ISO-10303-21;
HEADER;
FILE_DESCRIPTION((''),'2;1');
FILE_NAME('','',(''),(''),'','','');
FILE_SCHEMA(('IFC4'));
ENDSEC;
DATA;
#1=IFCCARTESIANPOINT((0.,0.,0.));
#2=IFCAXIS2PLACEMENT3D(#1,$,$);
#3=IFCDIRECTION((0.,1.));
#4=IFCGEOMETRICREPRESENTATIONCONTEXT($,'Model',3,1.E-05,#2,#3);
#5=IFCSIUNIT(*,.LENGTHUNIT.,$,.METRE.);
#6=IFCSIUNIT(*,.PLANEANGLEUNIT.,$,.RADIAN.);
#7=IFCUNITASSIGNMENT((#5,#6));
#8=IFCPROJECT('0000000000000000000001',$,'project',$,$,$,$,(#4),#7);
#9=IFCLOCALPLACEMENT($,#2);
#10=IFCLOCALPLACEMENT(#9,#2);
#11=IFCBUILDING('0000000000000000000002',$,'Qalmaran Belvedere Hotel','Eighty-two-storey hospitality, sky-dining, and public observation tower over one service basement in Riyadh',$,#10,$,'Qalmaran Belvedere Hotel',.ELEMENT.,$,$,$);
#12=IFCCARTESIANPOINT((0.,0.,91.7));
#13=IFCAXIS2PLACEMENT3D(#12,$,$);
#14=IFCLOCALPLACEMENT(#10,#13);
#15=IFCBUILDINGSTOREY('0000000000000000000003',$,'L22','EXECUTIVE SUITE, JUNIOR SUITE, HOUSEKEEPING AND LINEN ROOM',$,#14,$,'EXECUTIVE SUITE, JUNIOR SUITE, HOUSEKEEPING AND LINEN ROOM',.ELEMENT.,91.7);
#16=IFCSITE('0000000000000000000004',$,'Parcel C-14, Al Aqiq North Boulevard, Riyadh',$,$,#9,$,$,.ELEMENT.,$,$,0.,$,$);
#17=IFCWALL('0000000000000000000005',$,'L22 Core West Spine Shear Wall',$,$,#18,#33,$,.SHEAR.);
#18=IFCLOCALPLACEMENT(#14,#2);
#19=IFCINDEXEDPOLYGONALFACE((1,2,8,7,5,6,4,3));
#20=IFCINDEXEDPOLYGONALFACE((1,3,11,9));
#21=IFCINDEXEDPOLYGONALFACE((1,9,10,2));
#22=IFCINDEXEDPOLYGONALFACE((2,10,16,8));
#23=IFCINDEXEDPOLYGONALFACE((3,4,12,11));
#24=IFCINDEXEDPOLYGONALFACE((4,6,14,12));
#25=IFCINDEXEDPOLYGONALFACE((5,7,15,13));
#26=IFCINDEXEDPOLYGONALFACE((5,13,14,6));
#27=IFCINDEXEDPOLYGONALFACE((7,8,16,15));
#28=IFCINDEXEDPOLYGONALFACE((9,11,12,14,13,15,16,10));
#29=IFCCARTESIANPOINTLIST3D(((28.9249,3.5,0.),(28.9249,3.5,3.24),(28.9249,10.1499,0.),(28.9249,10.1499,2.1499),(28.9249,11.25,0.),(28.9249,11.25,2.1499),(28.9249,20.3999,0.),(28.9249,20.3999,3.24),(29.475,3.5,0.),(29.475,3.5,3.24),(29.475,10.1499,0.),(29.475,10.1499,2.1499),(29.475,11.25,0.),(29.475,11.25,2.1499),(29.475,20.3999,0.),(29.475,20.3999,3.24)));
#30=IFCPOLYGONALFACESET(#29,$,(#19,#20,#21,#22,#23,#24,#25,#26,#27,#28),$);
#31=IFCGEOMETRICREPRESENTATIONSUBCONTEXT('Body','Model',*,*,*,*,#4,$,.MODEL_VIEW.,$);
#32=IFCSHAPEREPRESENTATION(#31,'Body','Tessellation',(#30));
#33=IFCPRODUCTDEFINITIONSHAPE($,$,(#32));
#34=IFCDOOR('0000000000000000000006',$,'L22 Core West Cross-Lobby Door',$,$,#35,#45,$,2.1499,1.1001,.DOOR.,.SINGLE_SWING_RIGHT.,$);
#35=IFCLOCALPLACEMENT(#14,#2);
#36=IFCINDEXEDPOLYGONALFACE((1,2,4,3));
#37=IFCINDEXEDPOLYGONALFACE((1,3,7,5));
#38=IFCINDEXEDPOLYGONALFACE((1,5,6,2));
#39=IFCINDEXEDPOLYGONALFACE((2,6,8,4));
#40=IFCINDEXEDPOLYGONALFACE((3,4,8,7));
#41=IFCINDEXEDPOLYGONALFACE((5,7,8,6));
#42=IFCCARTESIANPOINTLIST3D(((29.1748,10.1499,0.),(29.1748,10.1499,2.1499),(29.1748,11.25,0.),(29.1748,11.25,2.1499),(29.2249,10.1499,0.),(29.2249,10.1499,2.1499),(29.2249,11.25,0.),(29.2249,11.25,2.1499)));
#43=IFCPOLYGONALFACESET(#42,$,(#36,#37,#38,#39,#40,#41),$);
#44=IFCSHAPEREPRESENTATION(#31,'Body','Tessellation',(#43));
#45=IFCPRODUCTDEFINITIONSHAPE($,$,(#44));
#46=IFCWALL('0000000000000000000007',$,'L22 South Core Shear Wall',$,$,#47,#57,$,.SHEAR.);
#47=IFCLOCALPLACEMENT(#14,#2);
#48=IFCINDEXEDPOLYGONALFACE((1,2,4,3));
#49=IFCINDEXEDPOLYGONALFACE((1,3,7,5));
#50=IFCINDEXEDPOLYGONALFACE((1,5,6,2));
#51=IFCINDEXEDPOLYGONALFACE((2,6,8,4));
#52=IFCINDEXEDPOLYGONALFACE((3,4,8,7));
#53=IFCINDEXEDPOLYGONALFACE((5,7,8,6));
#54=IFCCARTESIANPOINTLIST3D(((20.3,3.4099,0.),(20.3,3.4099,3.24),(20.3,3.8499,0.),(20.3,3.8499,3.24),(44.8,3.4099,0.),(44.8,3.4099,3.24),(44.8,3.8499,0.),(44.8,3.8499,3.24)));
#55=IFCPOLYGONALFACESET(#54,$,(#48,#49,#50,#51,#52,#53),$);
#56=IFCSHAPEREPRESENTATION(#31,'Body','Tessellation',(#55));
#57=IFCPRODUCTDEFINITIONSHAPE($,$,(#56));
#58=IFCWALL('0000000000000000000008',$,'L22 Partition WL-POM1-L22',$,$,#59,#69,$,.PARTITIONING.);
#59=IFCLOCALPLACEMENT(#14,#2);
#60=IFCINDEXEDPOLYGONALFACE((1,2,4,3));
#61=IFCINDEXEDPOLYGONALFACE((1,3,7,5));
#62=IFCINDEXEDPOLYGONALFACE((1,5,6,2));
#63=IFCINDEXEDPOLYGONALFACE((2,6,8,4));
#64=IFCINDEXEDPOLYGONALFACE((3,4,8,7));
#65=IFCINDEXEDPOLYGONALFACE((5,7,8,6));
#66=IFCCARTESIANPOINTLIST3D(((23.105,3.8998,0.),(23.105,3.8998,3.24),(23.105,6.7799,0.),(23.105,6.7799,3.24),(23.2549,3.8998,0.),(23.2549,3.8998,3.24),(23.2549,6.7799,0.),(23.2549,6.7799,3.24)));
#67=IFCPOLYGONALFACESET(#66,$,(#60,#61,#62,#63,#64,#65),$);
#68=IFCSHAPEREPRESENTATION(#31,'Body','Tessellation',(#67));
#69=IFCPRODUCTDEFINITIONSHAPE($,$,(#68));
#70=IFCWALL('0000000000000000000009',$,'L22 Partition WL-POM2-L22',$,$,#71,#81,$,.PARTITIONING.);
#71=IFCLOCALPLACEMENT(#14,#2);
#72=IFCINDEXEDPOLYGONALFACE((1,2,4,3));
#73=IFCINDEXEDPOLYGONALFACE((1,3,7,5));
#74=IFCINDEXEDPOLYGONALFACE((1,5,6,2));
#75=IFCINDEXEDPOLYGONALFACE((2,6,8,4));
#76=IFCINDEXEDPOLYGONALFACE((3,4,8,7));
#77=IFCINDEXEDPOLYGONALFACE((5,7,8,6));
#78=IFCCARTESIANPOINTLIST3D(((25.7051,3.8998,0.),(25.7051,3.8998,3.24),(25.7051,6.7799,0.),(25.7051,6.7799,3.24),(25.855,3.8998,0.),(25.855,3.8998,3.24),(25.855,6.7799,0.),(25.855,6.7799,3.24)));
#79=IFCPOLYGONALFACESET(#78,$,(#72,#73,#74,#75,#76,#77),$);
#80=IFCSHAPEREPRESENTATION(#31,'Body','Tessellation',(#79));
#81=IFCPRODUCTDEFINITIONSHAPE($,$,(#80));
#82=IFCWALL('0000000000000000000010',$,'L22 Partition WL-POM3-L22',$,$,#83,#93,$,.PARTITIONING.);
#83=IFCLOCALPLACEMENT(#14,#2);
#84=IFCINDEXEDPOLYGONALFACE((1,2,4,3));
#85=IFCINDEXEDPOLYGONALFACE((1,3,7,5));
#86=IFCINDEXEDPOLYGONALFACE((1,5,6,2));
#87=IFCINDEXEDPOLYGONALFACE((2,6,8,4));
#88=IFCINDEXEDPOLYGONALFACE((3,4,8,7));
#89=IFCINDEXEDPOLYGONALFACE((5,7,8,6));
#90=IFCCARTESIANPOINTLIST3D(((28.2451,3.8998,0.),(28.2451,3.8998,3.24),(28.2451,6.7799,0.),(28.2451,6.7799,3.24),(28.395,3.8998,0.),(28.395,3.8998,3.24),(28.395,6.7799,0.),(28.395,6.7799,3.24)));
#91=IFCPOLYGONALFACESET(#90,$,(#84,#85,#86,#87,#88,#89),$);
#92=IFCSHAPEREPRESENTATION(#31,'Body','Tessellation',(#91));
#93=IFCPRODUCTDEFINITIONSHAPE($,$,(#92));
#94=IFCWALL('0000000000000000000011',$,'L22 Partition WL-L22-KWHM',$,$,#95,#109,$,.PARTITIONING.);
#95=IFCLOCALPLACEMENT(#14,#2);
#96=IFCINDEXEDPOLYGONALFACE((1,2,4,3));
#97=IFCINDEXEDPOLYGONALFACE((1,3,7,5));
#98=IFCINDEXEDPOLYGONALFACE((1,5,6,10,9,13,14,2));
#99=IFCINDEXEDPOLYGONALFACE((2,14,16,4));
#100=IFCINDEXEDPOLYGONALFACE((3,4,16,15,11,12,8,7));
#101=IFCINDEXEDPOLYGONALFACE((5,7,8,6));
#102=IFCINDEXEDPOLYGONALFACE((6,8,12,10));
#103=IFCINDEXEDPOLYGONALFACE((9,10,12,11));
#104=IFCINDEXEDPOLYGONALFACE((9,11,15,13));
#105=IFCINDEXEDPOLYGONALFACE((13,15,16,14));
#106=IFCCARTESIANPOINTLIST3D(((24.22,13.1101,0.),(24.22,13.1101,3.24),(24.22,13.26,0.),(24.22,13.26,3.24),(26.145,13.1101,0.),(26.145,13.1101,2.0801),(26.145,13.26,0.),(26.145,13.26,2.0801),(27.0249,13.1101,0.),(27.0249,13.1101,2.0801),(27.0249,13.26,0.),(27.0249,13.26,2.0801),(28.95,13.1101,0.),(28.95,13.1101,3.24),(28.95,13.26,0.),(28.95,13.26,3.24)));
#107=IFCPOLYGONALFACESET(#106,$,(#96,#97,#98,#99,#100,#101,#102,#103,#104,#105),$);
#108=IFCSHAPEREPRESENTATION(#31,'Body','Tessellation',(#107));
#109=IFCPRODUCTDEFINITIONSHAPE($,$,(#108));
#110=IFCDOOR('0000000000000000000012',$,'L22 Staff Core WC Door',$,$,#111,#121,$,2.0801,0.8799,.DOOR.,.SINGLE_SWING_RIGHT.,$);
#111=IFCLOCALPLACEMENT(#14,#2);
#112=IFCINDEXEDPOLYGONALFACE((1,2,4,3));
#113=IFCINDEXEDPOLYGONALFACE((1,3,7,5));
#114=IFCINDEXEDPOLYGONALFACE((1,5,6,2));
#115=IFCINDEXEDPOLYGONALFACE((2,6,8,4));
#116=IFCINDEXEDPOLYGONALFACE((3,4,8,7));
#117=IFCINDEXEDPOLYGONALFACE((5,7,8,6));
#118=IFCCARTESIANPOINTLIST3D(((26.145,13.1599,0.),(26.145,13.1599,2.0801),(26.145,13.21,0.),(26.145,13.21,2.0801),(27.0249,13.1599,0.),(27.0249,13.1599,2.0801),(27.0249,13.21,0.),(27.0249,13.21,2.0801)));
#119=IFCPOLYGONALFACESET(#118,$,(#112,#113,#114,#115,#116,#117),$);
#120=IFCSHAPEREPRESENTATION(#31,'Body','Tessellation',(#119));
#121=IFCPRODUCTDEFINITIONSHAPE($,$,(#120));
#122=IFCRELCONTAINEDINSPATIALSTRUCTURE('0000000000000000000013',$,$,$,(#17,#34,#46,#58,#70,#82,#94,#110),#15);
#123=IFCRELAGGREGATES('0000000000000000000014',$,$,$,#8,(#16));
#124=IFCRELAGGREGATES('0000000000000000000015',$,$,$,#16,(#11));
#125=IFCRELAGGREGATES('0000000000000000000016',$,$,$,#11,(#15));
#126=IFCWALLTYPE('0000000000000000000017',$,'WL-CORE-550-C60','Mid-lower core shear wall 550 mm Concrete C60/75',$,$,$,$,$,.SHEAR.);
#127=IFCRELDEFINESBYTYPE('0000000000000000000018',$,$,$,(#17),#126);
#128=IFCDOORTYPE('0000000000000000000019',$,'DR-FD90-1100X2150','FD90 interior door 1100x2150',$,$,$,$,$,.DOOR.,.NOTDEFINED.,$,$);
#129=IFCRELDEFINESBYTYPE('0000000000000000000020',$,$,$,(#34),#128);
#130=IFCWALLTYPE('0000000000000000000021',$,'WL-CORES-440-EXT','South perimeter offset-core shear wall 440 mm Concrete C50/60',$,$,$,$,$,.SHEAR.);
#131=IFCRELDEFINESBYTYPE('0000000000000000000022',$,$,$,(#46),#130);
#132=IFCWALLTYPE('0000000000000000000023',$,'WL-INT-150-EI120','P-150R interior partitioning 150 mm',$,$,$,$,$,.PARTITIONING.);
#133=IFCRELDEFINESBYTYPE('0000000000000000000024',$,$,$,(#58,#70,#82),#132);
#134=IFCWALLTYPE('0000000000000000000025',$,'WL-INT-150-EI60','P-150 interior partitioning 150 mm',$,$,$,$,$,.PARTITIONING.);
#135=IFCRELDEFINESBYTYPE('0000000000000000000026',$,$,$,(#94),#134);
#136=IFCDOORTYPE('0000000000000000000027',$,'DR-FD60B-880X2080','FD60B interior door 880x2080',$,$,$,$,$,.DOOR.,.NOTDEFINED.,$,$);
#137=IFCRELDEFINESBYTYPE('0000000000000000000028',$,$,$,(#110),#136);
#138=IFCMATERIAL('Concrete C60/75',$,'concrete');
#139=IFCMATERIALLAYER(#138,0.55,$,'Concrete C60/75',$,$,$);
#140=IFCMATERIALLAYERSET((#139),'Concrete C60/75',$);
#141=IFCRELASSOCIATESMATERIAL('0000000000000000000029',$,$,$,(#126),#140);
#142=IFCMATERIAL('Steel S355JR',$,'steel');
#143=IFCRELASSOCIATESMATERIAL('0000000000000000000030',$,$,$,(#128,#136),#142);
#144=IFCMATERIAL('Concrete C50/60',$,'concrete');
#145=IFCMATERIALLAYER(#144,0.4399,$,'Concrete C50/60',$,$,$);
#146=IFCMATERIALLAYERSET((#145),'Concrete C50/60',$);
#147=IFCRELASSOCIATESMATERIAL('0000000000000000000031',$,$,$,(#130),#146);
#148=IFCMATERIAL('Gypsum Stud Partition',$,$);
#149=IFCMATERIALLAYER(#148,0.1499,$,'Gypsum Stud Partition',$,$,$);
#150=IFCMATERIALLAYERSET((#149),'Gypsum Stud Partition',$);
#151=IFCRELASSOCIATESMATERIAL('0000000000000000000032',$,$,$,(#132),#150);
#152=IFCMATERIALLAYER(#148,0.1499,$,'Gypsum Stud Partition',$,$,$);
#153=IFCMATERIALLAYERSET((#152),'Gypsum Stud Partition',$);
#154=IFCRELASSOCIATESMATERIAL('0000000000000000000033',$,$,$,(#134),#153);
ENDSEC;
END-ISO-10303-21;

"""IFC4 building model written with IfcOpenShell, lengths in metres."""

from ifc_helpers import new_model, si_unit, direction, frame, frame_2d, origin, place, context, subcontext, project, spatial, rectangle, extrude, material, layer, layer_set, type_object, element, fill, save


model = new_model("IFC4")

# Units and contexts
model_context = context("Model", 3, precision=1e-05, world=origin(), true_north=direction((0.0, 1.0)))
body_context = subcontext(model_context, "Body", "Model", "MODEL_VIEW")
ifc_project = project(units=[si_unit("LENGTHUNIT", "METRE"), si_unit("PLANEANGLEUNIT", "RADIAN")], contexts=[model_context])

# Site, building, storey
site_placement = place(None, origin())
site = spatial("IfcSite", under=ifc_project, at=site_placement, Name="Parcel C-14, Al Aqiq North Boulevard, Riyadh", CompositionType="ELEMENT", RefElevation=0.0)
building_placement = place(site_placement, origin())
building = spatial("IfcBuilding", under=site, at=building_placement, Name="Qalmaran Belvedere Hotel", Description="Eighty-two-storey hospitality, sky-dining, and public observation tower over one service basement in Riyadh", LongName="Qalmaran Belvedere Hotel", CompositionType="ELEMENT")
storey_placement = place(building_placement, frame((0.0, 0.0, 91.7)))
storey = spatial("IfcBuildingStorey", under=building, at=storey_placement, Name="L22", Description="EXECUTIVE SUITE, JUNIOR SUITE, HOUSEKEEPING AND LINEN ROOM", LongName="EXECUTIVE SUITE, JUNIOR SUITE, HOUSEKEEPING AND LINEN ROOM", CompositionType="ELEMENT", Elevation=91.7)

# Shared definitions
ifc_material_1 = material(Name="Concrete C60/75", Category="concrete")

# Shared definitions
ifc_material_2 = material(Name="Steel S355JR", Category="steel")

# Shared definitions
ifc_layer_1 = layer(ifc_material_1, 0.55, Name="Concrete C60/75")
ifc_layer_set_1 = layer_set([ifc_layer_1], Name="Concrete C60/75")
wall_type_1 = type_object("IfcWallType", Name="WL-CORE-550-C60", Description="Mid-lower core shear wall 550 mm Concrete C60/75", PredefinedType="SHEAR", material=ifc_layer_set_1)

# Wall, opening, door
wall_1_placement = place(storey_placement, frame((29.2, 3.5, 0.0), z_axis=(0.0, 0.0, 1.0), x_axis=(0.0, 1.0, 0.0)))
wall_1 = element("IfcWall", 1, at=wall_1_placement, inside=storey, type_object=wall_type_1, Name="L22 Core West Spine Shear Wall", PredefinedType="SHEAR", context=body_context, shape_type="SweptSolid", body=[
    extrude(rectangle(XDim=16.8999, YDim=0.55, at=frame_2d((8.45, 0.0))), origin(), (0.0, 0.0, 1.0), 3.24),
])
opening_1_placement = place(wall_1_placement, frame((7.75, 0.0, 0.0), z_axis=(0.0, 0.0, 1.0), x_axis=(-1.0, 0.0, 0.0)))
opening_1 = element("IfcOpeningElement", 2, at=opening_1_placement, cuts=wall_1, PredefinedType="OPENING", context=body_context, shape_type="SweptSolid", body=[
    extrude(rectangle(XDim=1.1001, YDim=2.1499, at=frame_2d((0.55, 1.075))), frame((0.0, 0.2852, 0.0), z_axis=(0.0, -1.0, 0.0), x_axis=(1.0, 0.0, 0.0)), (0.0, 0.0, 1.0), 0.5701),
])
door_type_1 = type_object("IfcDoorType", Name="DR-FD90-1100X2150", Description="FD90 interior door 1100x2150", OperationType="NOTDEFINED", PredefinedType="DOOR", material=ifc_material_2)
door_1_placement = place(opening_1_placement, origin())
door_1 = element("IfcDoor", 3, at=door_1_placement, inside=storey, type_object=door_type_1, Name="L22 Core West Cross-Lobby Door", OperationType="SINGLE_SWING_RIGHT", OverallHeight=2.1499, OverallWidth=1.1001, PredefinedType="DOOR", context=body_context, shape_type="SweptSolid", body=[
    extrude(rectangle(XDim=1.1001, YDim=2.1499, at=frame_2d((0.55, 1.075))), frame((0.0, 0.0249, 0.0), z_axis=(0.0, -1.0, 0.0), x_axis=(1.0, 0.0, 0.0)), (0.0, 0.0, 1.0), 0.05),
])
fill(opening_1, door_1)

# Walls
ifc_material_3 = material(Name="Concrete C50/60", Category="concrete")
ifc_layer_2 = layer(ifc_material_3, 0.4399, Name="Concrete C50/60")
ifc_layer_set_2 = layer_set([ifc_layer_2], Name="Concrete C50/60")
wall_type_2 = type_object("IfcWallType", Name="WL-CORES-440-EXT", Description="South perimeter offset-core shear wall 440 mm Concrete C50/60", PredefinedType="SHEAR", material=ifc_layer_set_2)
wall_2_placement = place(storey_placement, frame((20.3, 3.6299, 0.0), z_axis=(0.0, 0.0, 1.0), x_axis=(1.0, 0.0, 0.0)))
element("IfcWall", 4, at=wall_2_placement, inside=storey, type_object=wall_type_2, Name="L22 South Core Shear Wall", PredefinedType="SHEAR", context=body_context, shape_type="SweptSolid", body=[
    extrude(rectangle(XDim=24.5, YDim=0.4399, at=frame_2d((12.25, 0.0))), origin(), (0.0, 0.0, 1.0), 3.24),
])
ifc_material_4 = material(Name="Gypsum Stud Partition")
ifc_layer_3 = layer(ifc_material_4, 0.1499, Name="Gypsum Stud Partition")
ifc_layer_set_3 = layer_set([ifc_layer_3], Name="Gypsum Stud Partition")
wall_type_3 = type_object("IfcWallType", Name="WL-INT-150-EI120", Description="P-150R interior partitioning 150 mm", PredefinedType="PARTITIONING", material=ifc_layer_set_3)
for number, where, z_axis, x_axis, name in (
    (5, (23.1799, 3.8999, 0.0), (0.0, 0.0, 1.0), (0.0, 1.0, 0.0), "L22 Partition WL-POM1-L22"),
    (6, (25.78, 3.8999, 0.0), (0.0, 0.0, 1.0), (0.0, 1.0, 0.0), "L22 Partition WL-POM2-L22"),
    (7, (28.3201, 3.8999, 0.0), (0.0, 0.0, 1.0), (0.0, 1.0, 0.0), "L22 Partition WL-POM3-L22"),
):
    element("IfcWall", number, at=place(storey_placement, frame(where, z_axis=z_axis, x_axis=x_axis)), inside=storey, type_object=wall_type_3, Name=name, PredefinedType="PARTITIONING", context=body_context, shape_type="SweptSolid", body=[
        extrude(rectangle(XDim=2.8801, YDim=0.1499, at=frame_2d((1.4399, 0.0))), origin(), (0.0, 0.0, 1.0), 3.24),
    ])

# Wall, opening, door
ifc_layer_4 = layer(ifc_material_4, 0.1499, Name="Gypsum Stud Partition")
ifc_layer_set_4 = layer_set([ifc_layer_4], Name="Gypsum Stud Partition")
wall_type_4 = type_object("IfcWallType", Name="WL-INT-150-EI60", Description="P-150 interior partitioning 150 mm", PredefinedType="PARTITIONING", material=ifc_layer_set_4)
wall_3_placement = place(storey_placement, frame((24.22, 13.1851, 0.0), z_axis=(0.0, 0.0, 1.0), x_axis=(1.0, 0.0, 0.0)))
wall_3 = element("IfcWall", 8, at=wall_3_placement, inside=storey, type_object=wall_type_4, Name="L22 Partition WL-L22-KWHM", PredefinedType="PARTITIONING", context=body_context, shape_type="SweptSolid", body=[
    extrude(rectangle(XDim=4.73, YDim=0.1499, at=frame_2d((2.365, 0.0))), origin(), (0.0, 0.0, 1.0), 3.24),
])
opening_2_placement = place(wall_3_placement, frame((1.925, 0.0, 0.0)))
opening_2 = element("IfcOpeningElement", 9, at=opening_2_placement, cuts=wall_3, PredefinedType="OPENING", context=body_context, shape_type="SweptSolid", body=[
    extrude(rectangle(XDim=0.8799, YDim=2.0801, at=frame_2d((0.4399, 1.04))), frame((0.0, 0.085, 0.0), z_axis=(0.0, -1.0, 0.0), x_axis=(1.0, 0.0, 0.0)), (0.0, 0.0, 1.0), 0.1699),
])
door_type_2 = type_object("IfcDoorType", Name="DR-FD60B-880X2080", Description="FD60B interior door 880x2080", OperationType="NOTDEFINED", PredefinedType="DOOR", material=ifc_material_2)
door_2_placement = place(opening_2_placement, origin())
door_2 = element("IfcDoor", 10, at=door_2_placement, inside=storey, type_object=door_type_2, Name="L22 Staff Core WC Door", OperationType="SINGLE_SWING_RIGHT", OverallHeight=2.0801, OverallWidth=0.8799, PredefinedType="DOOR", context=body_context, shape_type="SweptSolid", body=[
    extrude(rectangle(XDim=0.8799, YDim=2.0801, at=frame_2d((0.4399, 1.04))), frame((0.0, 0.0249, 0.0), z_axis=(0.0, -1.0, 0.0), x_axis=(1.0, 0.0, 0.0)), (0.0, 0.0, 1.0), 0.05),
])
fill(opening_2, door_2)

save(model, "model.ifc")
